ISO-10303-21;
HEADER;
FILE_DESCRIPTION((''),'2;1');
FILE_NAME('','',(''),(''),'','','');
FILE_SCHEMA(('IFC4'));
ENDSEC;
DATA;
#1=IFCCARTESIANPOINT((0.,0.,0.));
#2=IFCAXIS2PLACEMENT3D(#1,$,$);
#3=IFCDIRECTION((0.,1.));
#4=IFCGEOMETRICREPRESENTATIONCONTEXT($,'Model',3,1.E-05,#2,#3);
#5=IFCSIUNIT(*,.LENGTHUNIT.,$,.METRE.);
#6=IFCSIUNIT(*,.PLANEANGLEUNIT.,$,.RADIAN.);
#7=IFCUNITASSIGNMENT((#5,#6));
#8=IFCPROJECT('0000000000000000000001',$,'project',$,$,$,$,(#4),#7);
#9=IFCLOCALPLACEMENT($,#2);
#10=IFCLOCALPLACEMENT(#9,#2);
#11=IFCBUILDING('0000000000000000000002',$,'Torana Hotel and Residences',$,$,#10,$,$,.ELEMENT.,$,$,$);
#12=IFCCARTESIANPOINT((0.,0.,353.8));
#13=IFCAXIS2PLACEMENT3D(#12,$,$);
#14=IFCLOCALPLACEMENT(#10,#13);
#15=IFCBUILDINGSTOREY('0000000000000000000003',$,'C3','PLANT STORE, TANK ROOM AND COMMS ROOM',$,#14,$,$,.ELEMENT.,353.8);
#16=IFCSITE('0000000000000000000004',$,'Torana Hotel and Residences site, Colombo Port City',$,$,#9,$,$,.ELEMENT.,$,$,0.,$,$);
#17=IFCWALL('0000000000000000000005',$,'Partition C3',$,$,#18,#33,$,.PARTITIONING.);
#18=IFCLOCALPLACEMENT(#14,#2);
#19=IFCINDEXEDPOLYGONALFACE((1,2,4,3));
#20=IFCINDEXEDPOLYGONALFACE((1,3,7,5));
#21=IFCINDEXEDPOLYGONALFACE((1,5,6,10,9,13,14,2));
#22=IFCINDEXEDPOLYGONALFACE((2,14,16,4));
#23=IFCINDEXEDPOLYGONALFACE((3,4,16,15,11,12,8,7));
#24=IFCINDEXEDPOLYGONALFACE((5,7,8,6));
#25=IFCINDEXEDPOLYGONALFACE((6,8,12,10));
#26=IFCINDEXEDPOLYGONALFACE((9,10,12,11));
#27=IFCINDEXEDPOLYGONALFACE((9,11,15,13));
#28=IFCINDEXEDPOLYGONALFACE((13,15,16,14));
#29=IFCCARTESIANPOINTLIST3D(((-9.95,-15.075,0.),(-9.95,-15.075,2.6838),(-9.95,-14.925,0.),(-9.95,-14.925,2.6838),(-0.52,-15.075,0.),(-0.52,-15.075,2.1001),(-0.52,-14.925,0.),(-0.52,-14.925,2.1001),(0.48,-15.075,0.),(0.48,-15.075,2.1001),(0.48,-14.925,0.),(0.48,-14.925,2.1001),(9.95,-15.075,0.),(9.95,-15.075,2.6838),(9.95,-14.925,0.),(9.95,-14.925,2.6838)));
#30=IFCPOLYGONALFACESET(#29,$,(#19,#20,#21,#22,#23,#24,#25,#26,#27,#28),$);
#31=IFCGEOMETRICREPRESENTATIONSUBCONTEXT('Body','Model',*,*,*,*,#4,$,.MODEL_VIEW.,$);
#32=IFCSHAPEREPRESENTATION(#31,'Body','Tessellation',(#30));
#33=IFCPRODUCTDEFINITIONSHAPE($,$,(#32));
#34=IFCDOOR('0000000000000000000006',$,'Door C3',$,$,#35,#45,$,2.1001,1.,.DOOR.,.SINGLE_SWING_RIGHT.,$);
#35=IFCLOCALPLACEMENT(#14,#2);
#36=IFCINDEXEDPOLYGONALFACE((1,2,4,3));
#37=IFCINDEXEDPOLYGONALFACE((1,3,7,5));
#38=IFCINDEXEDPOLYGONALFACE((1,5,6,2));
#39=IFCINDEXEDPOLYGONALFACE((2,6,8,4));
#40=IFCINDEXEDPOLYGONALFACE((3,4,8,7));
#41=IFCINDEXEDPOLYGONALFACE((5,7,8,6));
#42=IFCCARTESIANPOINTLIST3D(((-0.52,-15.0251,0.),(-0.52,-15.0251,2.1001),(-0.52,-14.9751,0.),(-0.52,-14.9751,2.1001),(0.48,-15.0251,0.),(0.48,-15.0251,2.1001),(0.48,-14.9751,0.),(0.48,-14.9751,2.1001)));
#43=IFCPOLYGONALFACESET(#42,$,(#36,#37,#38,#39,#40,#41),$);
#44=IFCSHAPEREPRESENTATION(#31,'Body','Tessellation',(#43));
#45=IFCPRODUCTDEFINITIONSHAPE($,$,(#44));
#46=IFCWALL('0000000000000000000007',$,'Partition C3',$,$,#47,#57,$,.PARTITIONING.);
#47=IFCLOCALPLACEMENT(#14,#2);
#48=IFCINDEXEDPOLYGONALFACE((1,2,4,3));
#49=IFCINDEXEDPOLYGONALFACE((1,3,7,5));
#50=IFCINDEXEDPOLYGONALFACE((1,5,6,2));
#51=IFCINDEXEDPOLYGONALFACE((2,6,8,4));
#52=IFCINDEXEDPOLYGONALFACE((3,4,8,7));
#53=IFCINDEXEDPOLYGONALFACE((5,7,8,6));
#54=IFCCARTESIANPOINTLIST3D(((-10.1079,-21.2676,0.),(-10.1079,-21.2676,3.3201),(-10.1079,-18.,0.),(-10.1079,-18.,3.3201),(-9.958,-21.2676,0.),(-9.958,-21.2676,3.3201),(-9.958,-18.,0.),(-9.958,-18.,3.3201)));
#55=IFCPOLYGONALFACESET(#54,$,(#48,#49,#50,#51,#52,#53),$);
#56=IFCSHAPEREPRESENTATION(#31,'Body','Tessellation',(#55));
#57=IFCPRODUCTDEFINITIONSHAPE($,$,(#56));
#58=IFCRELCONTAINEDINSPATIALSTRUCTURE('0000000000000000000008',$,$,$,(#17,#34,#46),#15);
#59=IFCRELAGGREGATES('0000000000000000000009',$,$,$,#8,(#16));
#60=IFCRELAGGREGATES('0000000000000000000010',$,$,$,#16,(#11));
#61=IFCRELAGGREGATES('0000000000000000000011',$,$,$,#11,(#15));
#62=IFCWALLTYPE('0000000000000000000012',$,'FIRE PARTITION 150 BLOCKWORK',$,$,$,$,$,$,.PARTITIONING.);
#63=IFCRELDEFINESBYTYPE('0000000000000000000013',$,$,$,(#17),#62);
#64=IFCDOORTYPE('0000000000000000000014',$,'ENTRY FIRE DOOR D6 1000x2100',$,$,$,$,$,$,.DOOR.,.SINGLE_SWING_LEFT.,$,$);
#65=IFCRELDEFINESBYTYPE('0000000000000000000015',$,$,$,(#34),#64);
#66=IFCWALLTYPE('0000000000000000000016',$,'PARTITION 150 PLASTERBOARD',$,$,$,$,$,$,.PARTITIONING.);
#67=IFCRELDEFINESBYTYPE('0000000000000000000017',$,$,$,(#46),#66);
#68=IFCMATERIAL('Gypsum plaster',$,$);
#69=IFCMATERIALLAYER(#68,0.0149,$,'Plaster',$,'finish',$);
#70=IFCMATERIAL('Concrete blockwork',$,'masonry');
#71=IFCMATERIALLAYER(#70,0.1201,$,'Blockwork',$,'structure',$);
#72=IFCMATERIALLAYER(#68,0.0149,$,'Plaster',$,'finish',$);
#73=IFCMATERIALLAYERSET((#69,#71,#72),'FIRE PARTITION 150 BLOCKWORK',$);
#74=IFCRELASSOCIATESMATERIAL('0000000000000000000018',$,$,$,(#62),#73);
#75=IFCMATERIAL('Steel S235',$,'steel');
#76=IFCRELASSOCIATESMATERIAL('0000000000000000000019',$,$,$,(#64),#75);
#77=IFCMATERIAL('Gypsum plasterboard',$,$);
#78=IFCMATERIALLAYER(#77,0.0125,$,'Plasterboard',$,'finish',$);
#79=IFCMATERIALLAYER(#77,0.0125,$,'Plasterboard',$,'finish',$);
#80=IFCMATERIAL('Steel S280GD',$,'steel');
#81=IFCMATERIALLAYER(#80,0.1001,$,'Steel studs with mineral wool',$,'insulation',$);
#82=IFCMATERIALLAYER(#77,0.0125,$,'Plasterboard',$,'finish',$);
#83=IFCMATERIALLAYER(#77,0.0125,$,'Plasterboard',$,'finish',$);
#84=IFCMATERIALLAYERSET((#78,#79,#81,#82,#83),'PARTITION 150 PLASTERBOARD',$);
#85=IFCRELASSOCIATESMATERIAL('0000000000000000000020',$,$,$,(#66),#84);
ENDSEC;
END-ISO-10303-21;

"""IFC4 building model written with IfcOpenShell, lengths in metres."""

from ifc_helpers import new_model, si_unit, direction, frame, frame_2d, origin, place, context, subcontext, project, spatial, rectangle, extrude, material, layer, layer_set, type_object, element, fill, save


model = new_model("IFC4")

# Units and contexts
model_context = context("Model", 3, precision=1e-05, world=origin(), true_north=direction((0.0, 1.0)))
body_context = subcontext(model_context, "Body", "Model", "MODEL_VIEW")
ifc_project = project(units=[si_unit("LENGTHUNIT", "METRE"), si_unit("PLANEANGLEUNIT", "RADIAN")], contexts=[model_context])

# Site, building, storey
site_placement = place(None, origin())
site = spatial("IfcSite", under=ifc_project, at=site_placement, Name="Torana Hotel and Residences site, Colombo Port City", CompositionType="ELEMENT", RefElevation=0.0)
building_placement = place(site_placement, origin())
building = spatial("IfcBuilding", under=site, at=building_placement, Name="Torana Hotel and Residences", CompositionType="ELEMENT")
storey_placement = place(building_placement, frame((0.0, 0.0, 353.8)))
storey = spatial("IfcBuildingStorey", under=building, at=storey_placement, Name="C3", Description="PLANT STORE, TANK ROOM AND COMMS ROOM", CompositionType="ELEMENT", Elevation=353.8)

# Wall, opening, door
ifc_material_1 = material(Name="Gypsum plaster")
ifc_layer_1 = layer(ifc_material_1, 0.0149, Name="Plaster", Category="finish")
ifc_material_2 = material(Name="Concrete blockwork", Category="masonry")
ifc_layer_2 = layer(ifc_material_2, 0.1201, Name="Blockwork", Category="structure")
ifc_layer_3 = layer(ifc_material_1, 0.0149, Name="Plaster", Category="finish")
ifc_layer_set_1 = layer_set([ifc_layer_1, ifc_layer_2, ifc_layer_3], Name="FIRE PARTITION 150 BLOCKWORK")
wall_type_1 = type_object("IfcWallType", Name="FIRE PARTITION 150 BLOCKWORK", PredefinedType="PARTITIONING", material=ifc_layer_set_1)
wall_1_placement = place(storey_placement, frame((-9.95, -15.0, 0.0), z_axis=(0.0, 0.0, 1.0), x_axis=(1.0, 0.0, 0.0)))
wall_1 = element("IfcWall", 1, at=wall_1_placement, inside=storey, type_object=wall_type_1, Name="Partition C3", PredefinedType="PARTITIONING", context=body_context, shape_type="SweptSolid", body=[
    extrude(rectangle(XDim=19.8999, YDim=0.1499, at=frame_2d((9.95, 0.0))), origin(), (0.0, 0.0, 1.0), 2.6838),
])
opening_1_placement = place(wall_1_placement, frame((9.4299, 0.0, 0.0)))
opening_1 = element("IfcOpeningElement", 2, at=opening_1_placement, cuts=wall_1, PredefinedType="OPENING", context=body_context, shape_type="SweptSolid", body=[
    extrude(rectangle(XDim=1.0, YDim=2.1001, at=frame_2d((0.5, 1.05))), frame((0.0, 0.085, 0.0), z_axis=(0.0, -1.0, 0.0), x_axis=(1.0, 0.0, 0.0)), (0.0, 0.0, 1.0), 0.1699),
])
ifc_material_3 = material(Name="Steel S235", Category="steel")
door_type_1 = type_object("IfcDoorType", Name="ENTRY FIRE DOOR D6 1000x2100", OperationType="SINGLE_SWING_LEFT", PredefinedType="DOOR", material=ifc_material_3)
door_1_placement = place(opening_1_placement, origin())
door_1 = element("IfcDoor", 3, at=door_1_placement, inside=storey, type_object=door_type_1, Name="Door C3", OperationType="SINGLE_SWING_RIGHT", OverallHeight=2.1001, OverallWidth=1.0, PredefinedType="DOOR", context=body_context, shape_type="SweptSolid", body=[
    extrude(rectangle(XDim=1.0, YDim=2.1001, at=frame_2d((0.5, 1.05))), frame((0.0, 0.0249, 0.0), z_axis=(0.0, -1.0, 0.0), x_axis=(1.0, 0.0, 0.0)), (0.0, 0.0, 1.0), 0.05),
])
fill(opening_1, door_1)

# Wall
ifc_material_4 = material(Name="Gypsum plasterboard")
ifc_layer_4 = layer(ifc_material_4, 0.0125, Name="Plasterboard", Category="finish")
ifc_layer_5 = layer(ifc_material_4, 0.0125, Name="Plasterboard", Category="finish")
ifc_material_5 = material(Name="Steel S280GD", Category="steel")
ifc_layer_6 = layer(ifc_material_5, 0.1001, Name="Steel studs with mineral wool", Category="insulation")
ifc_layer_7 = layer(ifc_material_4, 0.0125, Name="Plasterboard", Category="finish")
ifc_layer_8 = layer(ifc_material_4, 0.0125, Name="Plasterboard", Category="finish")
ifc_layer_set_2 = layer_set([ifc_layer_4, ifc_layer_5, ifc_layer_6, ifc_layer_7, ifc_layer_8], Name="PARTITION 150 PLASTERBOARD")
wall_type_2 = type_object("IfcWallType", Name="PARTITION 150 PLASTERBOARD", PredefinedType="PARTITIONING", material=ifc_layer_set_2)
wall_2_placement = place(storey_placement, frame((-10.033, -21.2676, 0.0), z_axis=(0.0, 0.0, 1.0), x_axis=(0.0, 1.0, 0.0)))
element("IfcWall", 4, at=wall_2_placement, inside=storey, type_object=wall_type_2, Name="Partition C3", PredefinedType="PARTITIONING", context=body_context, shape_type="SweptSolid", body=[
    extrude(rectangle(XDim=3.2676, YDim=0.1499, at=frame_2d((1.6338, 0.0))), origin(), (0.0, 0.0, 1.0), 3.3201),
])

save(model, "model.ifc")
